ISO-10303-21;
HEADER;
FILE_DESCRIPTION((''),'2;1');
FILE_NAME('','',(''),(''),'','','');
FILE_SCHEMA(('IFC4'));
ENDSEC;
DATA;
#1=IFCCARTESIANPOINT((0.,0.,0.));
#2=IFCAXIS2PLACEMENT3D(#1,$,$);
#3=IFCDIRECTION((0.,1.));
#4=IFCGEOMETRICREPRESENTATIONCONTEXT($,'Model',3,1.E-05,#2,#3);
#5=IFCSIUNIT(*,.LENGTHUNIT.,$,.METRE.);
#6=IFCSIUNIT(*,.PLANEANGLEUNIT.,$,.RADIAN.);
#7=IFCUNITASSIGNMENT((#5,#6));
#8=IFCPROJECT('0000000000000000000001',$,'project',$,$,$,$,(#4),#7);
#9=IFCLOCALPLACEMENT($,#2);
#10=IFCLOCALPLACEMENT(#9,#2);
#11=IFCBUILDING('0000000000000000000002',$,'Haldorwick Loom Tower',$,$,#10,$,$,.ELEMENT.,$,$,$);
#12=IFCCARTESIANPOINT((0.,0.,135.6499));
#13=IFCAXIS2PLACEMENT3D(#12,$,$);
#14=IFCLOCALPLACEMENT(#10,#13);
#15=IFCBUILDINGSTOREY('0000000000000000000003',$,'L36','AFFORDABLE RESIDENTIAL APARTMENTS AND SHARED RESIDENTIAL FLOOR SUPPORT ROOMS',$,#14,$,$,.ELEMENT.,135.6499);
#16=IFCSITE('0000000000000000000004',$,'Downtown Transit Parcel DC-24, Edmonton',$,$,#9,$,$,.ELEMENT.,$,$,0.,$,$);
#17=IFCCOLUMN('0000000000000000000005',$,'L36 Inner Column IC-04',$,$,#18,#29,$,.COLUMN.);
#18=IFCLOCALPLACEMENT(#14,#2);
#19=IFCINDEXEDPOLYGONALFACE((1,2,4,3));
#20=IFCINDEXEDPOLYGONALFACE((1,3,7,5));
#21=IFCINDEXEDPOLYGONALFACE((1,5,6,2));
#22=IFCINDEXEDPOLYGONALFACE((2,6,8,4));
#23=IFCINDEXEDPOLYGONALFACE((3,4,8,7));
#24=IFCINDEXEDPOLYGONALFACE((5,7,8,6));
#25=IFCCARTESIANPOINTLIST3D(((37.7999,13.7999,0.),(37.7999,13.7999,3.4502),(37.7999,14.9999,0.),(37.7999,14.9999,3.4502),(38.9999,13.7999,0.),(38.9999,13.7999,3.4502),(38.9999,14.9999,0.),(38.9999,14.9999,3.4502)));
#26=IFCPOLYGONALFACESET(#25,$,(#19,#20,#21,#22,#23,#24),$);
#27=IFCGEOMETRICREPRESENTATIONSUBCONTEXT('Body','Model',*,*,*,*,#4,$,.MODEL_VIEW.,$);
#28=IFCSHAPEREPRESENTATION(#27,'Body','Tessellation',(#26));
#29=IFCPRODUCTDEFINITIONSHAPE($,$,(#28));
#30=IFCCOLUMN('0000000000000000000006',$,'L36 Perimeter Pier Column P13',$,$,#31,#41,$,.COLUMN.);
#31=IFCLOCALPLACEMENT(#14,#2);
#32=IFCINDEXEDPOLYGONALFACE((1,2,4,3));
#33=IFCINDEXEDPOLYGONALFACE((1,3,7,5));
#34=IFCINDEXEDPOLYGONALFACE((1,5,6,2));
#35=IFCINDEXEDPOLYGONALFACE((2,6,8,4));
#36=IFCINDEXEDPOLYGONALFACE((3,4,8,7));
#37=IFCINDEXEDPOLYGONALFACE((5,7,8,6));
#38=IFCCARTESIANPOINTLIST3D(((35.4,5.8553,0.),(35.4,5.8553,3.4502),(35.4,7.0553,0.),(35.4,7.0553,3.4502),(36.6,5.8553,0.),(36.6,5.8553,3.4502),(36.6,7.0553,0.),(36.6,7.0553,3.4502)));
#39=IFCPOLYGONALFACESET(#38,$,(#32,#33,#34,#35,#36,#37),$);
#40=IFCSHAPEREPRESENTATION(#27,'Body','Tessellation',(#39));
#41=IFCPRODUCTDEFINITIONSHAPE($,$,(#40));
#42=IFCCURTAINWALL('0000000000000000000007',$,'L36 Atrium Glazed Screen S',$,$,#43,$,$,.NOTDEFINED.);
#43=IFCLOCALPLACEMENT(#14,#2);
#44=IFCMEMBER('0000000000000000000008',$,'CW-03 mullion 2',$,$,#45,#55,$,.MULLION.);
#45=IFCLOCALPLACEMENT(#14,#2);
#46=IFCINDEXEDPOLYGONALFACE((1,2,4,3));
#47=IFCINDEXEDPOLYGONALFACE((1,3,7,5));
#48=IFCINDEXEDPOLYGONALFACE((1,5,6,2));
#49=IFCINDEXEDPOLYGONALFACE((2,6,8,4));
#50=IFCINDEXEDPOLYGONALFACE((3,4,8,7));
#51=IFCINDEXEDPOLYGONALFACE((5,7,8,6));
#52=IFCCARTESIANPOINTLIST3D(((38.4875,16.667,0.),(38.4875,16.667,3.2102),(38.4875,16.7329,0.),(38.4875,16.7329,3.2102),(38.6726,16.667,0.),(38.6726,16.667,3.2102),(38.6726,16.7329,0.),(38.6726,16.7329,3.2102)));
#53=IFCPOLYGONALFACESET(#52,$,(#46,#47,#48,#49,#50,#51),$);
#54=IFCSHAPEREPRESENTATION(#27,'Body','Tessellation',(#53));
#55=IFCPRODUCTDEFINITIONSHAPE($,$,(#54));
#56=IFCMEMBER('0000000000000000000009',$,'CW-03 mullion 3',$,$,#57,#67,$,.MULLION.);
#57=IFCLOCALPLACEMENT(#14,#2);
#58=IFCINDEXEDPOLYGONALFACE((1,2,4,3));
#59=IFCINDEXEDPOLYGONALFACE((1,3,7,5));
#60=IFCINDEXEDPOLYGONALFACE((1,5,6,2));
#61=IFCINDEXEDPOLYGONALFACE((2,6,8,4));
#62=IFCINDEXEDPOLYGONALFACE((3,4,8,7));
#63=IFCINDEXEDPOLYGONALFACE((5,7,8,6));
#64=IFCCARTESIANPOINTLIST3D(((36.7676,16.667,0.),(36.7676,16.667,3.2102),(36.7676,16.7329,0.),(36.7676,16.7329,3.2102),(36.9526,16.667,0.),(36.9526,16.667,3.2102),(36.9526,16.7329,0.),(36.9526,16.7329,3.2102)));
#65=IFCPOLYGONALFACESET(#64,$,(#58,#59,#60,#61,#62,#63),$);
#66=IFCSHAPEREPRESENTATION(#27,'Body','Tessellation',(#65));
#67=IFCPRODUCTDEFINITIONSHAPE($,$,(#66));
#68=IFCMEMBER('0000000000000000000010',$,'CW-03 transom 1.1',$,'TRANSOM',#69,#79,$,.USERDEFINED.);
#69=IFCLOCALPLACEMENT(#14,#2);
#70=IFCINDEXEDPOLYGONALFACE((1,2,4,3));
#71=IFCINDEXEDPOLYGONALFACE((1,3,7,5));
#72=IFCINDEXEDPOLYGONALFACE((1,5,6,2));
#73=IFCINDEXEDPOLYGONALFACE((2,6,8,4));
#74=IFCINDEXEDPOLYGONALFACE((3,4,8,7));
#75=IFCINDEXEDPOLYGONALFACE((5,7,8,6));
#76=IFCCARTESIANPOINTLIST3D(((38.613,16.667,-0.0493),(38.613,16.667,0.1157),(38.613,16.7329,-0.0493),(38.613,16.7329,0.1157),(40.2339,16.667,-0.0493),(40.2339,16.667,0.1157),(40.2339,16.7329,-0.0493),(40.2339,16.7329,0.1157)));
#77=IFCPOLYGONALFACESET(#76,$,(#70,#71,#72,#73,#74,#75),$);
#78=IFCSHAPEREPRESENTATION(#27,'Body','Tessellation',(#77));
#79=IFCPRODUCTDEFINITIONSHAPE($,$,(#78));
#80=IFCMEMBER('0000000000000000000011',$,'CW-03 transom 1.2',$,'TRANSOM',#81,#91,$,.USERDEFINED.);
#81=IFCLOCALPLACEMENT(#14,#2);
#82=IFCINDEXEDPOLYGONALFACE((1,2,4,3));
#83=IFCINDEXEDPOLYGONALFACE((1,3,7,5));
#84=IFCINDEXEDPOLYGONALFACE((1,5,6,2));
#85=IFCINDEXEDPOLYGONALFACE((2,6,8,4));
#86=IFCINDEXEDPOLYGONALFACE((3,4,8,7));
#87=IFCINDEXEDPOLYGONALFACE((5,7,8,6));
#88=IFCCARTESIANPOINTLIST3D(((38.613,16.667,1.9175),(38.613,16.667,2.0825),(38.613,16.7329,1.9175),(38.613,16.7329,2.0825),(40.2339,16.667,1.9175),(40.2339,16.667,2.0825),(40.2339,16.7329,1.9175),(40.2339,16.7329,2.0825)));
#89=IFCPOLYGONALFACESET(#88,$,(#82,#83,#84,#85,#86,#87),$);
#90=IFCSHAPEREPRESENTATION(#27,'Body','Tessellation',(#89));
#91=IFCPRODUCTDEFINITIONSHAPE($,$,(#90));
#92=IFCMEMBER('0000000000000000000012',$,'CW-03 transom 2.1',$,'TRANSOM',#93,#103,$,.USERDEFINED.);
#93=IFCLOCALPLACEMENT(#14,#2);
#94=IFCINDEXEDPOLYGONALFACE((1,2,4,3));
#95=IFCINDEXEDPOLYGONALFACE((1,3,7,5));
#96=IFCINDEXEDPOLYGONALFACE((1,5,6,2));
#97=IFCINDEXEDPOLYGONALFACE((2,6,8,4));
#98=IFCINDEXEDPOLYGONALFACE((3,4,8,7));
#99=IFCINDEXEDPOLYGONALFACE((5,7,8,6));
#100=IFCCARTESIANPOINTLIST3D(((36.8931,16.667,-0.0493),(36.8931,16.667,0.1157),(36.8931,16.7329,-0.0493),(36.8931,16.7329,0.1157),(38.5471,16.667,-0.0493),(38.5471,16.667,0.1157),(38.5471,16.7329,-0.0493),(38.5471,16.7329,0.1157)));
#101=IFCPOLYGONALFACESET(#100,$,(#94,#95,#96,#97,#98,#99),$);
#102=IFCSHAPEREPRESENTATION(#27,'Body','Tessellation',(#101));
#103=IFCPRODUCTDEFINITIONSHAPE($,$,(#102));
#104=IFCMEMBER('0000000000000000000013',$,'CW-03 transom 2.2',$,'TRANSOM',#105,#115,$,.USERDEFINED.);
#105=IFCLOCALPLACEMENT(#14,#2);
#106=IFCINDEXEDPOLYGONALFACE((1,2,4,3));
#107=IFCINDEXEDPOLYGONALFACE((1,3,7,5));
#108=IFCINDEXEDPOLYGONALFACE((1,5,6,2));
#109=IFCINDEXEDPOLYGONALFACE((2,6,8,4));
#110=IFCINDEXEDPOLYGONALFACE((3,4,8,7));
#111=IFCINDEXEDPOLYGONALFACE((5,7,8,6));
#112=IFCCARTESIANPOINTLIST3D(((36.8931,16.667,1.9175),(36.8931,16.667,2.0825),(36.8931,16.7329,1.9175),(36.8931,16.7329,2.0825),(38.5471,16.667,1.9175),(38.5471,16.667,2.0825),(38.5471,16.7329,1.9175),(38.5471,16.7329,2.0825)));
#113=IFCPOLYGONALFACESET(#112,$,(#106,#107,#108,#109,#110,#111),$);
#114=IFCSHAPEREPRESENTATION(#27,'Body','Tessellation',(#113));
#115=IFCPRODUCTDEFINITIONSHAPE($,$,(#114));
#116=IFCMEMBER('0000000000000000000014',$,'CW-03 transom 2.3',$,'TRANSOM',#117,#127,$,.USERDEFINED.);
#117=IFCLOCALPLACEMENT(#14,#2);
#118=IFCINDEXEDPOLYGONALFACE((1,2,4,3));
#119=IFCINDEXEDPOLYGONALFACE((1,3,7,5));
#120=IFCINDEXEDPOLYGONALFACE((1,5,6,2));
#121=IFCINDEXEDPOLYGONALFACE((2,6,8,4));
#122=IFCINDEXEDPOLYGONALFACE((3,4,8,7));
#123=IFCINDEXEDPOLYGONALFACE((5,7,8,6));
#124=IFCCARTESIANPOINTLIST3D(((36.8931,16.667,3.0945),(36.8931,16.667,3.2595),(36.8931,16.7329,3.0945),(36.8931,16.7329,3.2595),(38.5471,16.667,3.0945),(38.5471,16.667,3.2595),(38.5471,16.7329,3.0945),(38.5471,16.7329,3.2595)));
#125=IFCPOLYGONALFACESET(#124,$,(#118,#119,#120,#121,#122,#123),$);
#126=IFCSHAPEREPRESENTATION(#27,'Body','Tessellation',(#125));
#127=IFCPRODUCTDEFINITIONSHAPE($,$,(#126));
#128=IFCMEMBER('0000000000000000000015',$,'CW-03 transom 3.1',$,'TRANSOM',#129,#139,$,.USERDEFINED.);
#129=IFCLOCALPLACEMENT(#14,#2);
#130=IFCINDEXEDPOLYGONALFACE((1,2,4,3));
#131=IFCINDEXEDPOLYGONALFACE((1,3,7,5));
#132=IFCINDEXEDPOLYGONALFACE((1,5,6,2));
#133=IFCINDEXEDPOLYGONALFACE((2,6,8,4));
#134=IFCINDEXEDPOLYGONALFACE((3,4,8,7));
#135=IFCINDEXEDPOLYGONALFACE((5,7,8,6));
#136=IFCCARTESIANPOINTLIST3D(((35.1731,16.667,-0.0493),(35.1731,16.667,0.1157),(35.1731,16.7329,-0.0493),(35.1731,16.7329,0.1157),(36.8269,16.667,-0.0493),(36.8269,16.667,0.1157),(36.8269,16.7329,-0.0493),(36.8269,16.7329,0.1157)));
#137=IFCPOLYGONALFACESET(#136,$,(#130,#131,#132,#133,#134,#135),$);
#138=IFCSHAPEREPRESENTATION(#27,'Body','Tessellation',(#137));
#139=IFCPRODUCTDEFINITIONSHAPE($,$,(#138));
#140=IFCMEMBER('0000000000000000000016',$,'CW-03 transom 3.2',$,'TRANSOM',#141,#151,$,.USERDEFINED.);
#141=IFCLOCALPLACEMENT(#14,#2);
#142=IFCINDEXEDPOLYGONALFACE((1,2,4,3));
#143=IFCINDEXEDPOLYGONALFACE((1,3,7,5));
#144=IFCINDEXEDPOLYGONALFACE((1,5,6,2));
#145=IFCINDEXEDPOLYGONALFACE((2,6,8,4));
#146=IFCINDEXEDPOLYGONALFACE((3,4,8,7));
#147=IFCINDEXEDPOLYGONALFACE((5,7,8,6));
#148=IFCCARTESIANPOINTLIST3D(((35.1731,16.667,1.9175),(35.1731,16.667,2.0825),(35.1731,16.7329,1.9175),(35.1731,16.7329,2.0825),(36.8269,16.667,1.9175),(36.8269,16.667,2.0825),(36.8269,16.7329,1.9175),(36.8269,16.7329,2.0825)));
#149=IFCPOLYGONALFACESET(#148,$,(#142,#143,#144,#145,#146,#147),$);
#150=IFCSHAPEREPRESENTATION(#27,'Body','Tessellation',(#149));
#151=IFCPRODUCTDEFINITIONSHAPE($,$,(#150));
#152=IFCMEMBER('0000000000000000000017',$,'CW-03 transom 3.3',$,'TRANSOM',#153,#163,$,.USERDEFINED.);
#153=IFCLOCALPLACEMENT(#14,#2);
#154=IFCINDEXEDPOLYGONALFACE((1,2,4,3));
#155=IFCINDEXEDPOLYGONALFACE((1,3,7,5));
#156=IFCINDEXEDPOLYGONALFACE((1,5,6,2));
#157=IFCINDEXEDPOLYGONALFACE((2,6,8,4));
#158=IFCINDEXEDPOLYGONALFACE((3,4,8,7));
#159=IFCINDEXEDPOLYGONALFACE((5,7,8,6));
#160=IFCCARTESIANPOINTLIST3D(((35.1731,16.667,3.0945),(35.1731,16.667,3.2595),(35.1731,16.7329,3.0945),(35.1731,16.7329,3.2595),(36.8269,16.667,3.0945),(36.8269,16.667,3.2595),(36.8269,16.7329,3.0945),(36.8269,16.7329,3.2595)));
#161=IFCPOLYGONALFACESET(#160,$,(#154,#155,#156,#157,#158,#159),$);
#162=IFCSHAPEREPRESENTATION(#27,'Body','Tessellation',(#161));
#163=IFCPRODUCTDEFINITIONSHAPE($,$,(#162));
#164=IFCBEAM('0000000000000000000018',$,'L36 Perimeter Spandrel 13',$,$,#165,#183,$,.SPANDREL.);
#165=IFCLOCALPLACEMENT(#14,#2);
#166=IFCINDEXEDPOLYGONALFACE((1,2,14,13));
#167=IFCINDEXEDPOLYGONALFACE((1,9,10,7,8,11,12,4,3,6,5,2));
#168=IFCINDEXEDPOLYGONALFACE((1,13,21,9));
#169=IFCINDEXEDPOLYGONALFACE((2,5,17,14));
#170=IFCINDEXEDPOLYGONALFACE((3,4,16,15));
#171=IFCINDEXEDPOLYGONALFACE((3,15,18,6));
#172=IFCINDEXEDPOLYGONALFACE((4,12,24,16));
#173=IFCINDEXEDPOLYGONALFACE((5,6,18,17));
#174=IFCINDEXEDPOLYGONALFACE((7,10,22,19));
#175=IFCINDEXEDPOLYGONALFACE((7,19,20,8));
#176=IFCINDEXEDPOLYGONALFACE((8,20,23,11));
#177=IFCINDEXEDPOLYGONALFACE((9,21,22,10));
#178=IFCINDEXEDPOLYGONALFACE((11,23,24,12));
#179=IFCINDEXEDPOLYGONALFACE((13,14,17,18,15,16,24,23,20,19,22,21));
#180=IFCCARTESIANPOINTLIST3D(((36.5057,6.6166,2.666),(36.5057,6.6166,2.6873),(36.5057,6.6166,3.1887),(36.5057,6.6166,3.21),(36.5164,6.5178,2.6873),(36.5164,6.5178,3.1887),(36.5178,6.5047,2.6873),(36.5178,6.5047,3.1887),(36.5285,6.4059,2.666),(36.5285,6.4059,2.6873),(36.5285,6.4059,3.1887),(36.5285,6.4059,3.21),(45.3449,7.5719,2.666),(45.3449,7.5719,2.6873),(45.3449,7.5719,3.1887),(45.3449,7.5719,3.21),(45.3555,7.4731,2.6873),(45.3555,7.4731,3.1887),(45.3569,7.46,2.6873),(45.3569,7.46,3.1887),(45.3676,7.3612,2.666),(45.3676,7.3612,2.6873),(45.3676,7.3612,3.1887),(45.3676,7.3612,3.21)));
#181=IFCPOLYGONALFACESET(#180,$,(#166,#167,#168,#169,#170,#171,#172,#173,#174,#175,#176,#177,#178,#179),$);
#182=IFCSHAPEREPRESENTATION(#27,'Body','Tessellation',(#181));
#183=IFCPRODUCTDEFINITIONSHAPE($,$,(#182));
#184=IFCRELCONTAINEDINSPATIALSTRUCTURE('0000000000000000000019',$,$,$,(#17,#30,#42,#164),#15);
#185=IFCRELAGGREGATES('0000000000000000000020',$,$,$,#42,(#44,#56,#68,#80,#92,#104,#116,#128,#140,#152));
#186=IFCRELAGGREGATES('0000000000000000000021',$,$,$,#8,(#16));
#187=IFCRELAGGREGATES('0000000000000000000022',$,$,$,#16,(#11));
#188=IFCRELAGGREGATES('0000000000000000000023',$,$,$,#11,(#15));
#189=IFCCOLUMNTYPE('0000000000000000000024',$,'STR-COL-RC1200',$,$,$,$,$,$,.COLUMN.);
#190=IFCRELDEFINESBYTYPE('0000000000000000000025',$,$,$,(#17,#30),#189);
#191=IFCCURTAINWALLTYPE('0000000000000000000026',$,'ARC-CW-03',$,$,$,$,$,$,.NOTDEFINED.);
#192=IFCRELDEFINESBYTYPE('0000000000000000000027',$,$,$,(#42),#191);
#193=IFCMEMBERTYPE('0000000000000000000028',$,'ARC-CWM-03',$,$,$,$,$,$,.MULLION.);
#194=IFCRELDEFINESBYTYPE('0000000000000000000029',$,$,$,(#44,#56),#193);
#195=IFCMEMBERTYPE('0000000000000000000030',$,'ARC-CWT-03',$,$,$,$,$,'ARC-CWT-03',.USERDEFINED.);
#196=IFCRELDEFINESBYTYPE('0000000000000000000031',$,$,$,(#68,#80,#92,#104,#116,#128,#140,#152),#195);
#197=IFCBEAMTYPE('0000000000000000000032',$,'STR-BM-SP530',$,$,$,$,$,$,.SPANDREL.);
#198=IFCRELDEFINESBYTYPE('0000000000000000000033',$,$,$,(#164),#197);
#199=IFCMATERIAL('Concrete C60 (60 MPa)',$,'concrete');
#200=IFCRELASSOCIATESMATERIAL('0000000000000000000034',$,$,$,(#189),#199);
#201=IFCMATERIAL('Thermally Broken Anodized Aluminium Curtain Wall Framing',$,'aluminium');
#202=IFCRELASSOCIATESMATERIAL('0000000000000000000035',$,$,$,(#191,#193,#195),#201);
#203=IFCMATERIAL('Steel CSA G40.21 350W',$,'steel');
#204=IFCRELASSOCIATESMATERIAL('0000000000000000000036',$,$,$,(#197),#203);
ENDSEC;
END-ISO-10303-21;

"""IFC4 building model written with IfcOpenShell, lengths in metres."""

from ifc_helpers import new_model, si_unit, direction, frame, origin, origin_2d, place, context, subcontext, project, spatial, rectangle, i_section, extrude, material, material_profile, profile_set, type_object, element, aggregate, save


model = new_model("IFC4")

# Units and contexts
model_context = context("Model", 3, precision=1e-05, world=origin(), true_north=direction((0.0, 1.0)))
body_context = subcontext(model_context, "Body", "Model", "MODEL_VIEW")
ifc_project = project(units=[si_unit("LENGTHUNIT", "METRE"), si_unit("PLANEANGLEUNIT", "RADIAN")], contexts=[model_context])

# Site, building, storey
site_placement = place(None, origin())
site = spatial("IfcSite", under=ifc_project, at=site_placement, Name="Downtown Transit Parcel DC-24, Edmonton", CompositionType="ELEMENT", RefElevation=0.0)
building_placement = place(site_placement, origin())
building = spatial("IfcBuilding", under=site, at=building_placement, Name="Haldorwick Loom Tower", CompositionType="ELEMENT")
storey_placement = place(building_placement, frame((0.0, 0.0, 135.6499)))
storey = spatial("IfcBuildingStorey", under=building, at=storey_placement, Name="L36", Description="AFFORDABLE RESIDENTIAL APARTMENTS AND SHARED RESIDENTIAL FLOOR SUPPORT ROOMS", CompositionType="ELEMENT", Elevation=135.6499)

# Columns
ifc_material_1 = material(Name="Concrete C60 (60 MPa)", Category="concrete")
ifc_material_profile_1 = material_profile(ifc_material_1, rectangle(XDim=1.2, YDim=1.2, at=origin_2d()), Name="RC1200X1200", Category="concrete")
ifc_profile_set_1 = profile_set([ifc_material_profile_1], Name="Concrete C60 (60 MPa)")
column_type = type_object("IfcColumnType", Name="STR-COL-RC1200", PredefinedType="COLUMN", material=ifc_profile_set_1)
for number, where, z_axis, x_axis, name in (
    (1, (38.3999, 14.3999, 0.0), (0.0, 0.0, 1.0), (1.0, 0.0, 0.0), "L36 Inner Column IC-04"),
    (2, (36.0, 6.4553, 0.0), (0.0, 0.0, 1.0), (0.0, -1.0, 0.0), "L36 Perimeter Pier Column P13"),
):
    element("IfcColumn", number, at=place(storey_placement, frame(where, z_axis=z_axis, x_axis=x_axis)), inside=storey, type_object=column_type, Name=name, PredefinedType="COLUMN", context=body_context, shape_type="SweptSolid", body=[
        extrude(rectangle(XDim=1.2, YDim=1.2, at=origin_2d()), origin(), (0.0, 0.0, 1.0), 3.4502),
    ])

# Curtain wall, members
ifc_material_2 = material(Name="Thermally Broken Anodized Aluminium Curtain Wall Framing", Category="aluminium")
curtain_wall_type = type_object("IfcCurtainWallType", Name="ARC-CW-03", PredefinedType="NOTDEFINED", material=ifc_material_2)
curtain_wall_placement = place(storey_placement, origin())
curtain_wall = element("IfcCurtainWall", 3, at=curtain_wall_placement, inside=storey, type_object=curtain_wall_type, Name="L36 Atrium Glazed Screen S", PredefinedType="NOTDEFINED")
ifc_material_profile_2 = material_profile(ifc_material_2, rectangle(XDim=0.0659, YDim=0.1851, at=origin_2d()), Name="ALU_MUL_66X185", Category="aluminium")
ifc_profile_set_2 = profile_set([ifc_material_profile_2], Name="Thermally Broken Anodized Aluminium Curtain Wall Framing")
member_type_1 = type_object("IfcMemberType", Name="ARC-CWM-03", PredefinedType="MULLION", material=ifc_profile_set_2)
member_1_placement = place(storey_placement, frame((38.5801, 16.7, 0.0), z_axis=(0.0, 0.0, 1.0), x_axis=(0.0, -1.0, 0.0)))
member_1 = element("IfcMember", 4, at=member_1_placement, type_object=member_type_1, Name="CW-03 mullion 2", PredefinedType="MULLION", context=body_context, shape_type="SweptSolid", body=[
    extrude(rectangle(XDim=0.0659, YDim=0.1851, at=origin_2d()), origin(), (0.0, 0.0, 1.0), 3.2102),
])
member_2_placement = place(storey_placement, frame((36.8601, 16.7, 0.0), z_axis=(0.0, 0.0, 1.0), x_axis=(0.0, -1.0, 0.0)))
member_2 = element("IfcMember", 5, at=member_2_placement, type_object=member_type_1, Name="CW-03 mullion 3", PredefinedType="MULLION", context=body_context, shape_type="SweptSolid", body=[
    extrude(rectangle(XDim=0.0659, YDim=0.1851, at=origin_2d()), origin(), (0.0, 0.0, 1.0), 3.2102),
])
ifc_material_profile_3 = material_profile(ifc_material_2, rectangle(XDim=0.0659, YDim=0.165, at=origin_2d()), Name="ALU_TRN_66X165", Category="aluminium")
ifc_profile_set_3 = profile_set([ifc_material_profile_3], Name="Thermally Broken Anodized Aluminium Curtain Wall Framing")
member_type_2 = type_object("IfcMemberType", Name="ARC-CWT-03", ElementType="ARC-CWT-03", PredefinedType="USERDEFINED", material=ifc_profile_set_3)
member_3_placement = place(storey_placement, frame((40.2339, 16.7, 0.0332), z_axis=(-1.0, 0.0, 0.0), x_axis=(0.0, -1.0, 0.0)))
member_3 = element("IfcMember", 6, at=member_3_placement, type_object=member_type_2, Name="CW-03 transom 1.1", ObjectType="TRANSOM", PredefinedType="USERDEFINED", context=body_context, shape_type="SweptSolid", body=[
    extrude(rectangle(XDim=0.0659, YDim=0.165, at=origin_2d()), origin(), (0.0, 0.0, 1.0), 1.6208),
])
member_4_placement = place(storey_placement, frame((40.2339, 16.7, 2.0), z_axis=(-1.0, 0.0, 0.0), x_axis=(0.0, -1.0, 0.0)))
member_4 = element("IfcMember", 7, at=member_4_placement, type_object=member_type_2, Name="CW-03 transom 1.2", ObjectType="TRANSOM", PredefinedType="USERDEFINED", context=body_context, shape_type="SweptSolid", body=[
    extrude(rectangle(XDim=0.0659, YDim=0.165, at=origin_2d()), origin(), (0.0, 0.0, 1.0), 1.6208),
])
member_5_placement = place(storey_placement, frame((38.5471, 16.7, 0.0332), z_axis=(-1.0, 0.0, 0.0), x_axis=(0.0, -1.0, 0.0)))
member_5 = element("IfcMember", 8, at=member_5_placement, type_object=member_type_2, Name="CW-03 transom 2.1", ObjectType="TRANSOM", PredefinedType="USERDEFINED", context=body_context, shape_type="SweptSolid", body=[
    extrude(rectangle(XDim=0.0659, YDim=0.165, at=origin_2d()), origin(), (0.0, 0.0, 1.0), 1.6541),
])
member_6_placement = place(storey_placement, frame((38.5471, 16.7, 2.0), z_axis=(-1.0, 0.0, 0.0), x_axis=(0.0, -1.0, 0.0)))
member_6 = element("IfcMember", 9, at=member_6_placement, type_object=member_type_2, Name="CW-03 transom 2.2", ObjectType="TRANSOM", PredefinedType="USERDEFINED", context=body_context, shape_type="SweptSolid", body=[
    extrude(rectangle(XDim=0.0659, YDim=0.165, at=origin_2d()), origin(), (0.0, 0.0, 1.0), 1.6541),
])
member_7_placement = place(storey_placement, frame((38.5471, 16.7, 3.177), z_axis=(-1.0, 0.0, 0.0), x_axis=(0.0, -1.0, 0.0)))
member_7 = element("IfcMember", 10, at=member_7_placement, type_object=member_type_2, Name="CW-03 transom 2.3", ObjectType="TRANSOM", PredefinedType="USERDEFINED", context=body_context, shape_type="SweptSolid", body=[
    extrude(rectangle(XDim=0.0659, YDim=0.165, at=origin_2d()), origin(), (0.0, 0.0, 1.0), 1.6541),
])
member_8_placement = place(storey_placement, frame((36.8269, 16.7, 0.0332), z_axis=(-1.0, 0.0, 0.0), x_axis=(0.0, -1.0, 0.0)))
member_8 = element("IfcMember", 11, at=member_8_placement, type_object=member_type_2, Name="CW-03 transom 3.1", ObjectType="TRANSOM", PredefinedType="USERDEFINED", context=body_context, shape_type="SweptSolid", body=[
    extrude(rectangle(XDim=0.0659, YDim=0.165, at=origin_2d()), origin(), (0.0, 0.0, 1.0), 1.6538),
])
member_9_placement = place(storey_placement, frame((36.8269, 16.7, 2.0), z_axis=(-1.0, 0.0, 0.0), x_axis=(0.0, -1.0, 0.0)))
member_9 = element("IfcMember", 12, at=member_9_placement, type_object=member_type_2, Name="CW-03 transom 3.2", ObjectType="TRANSOM", PredefinedType="USERDEFINED", context=body_context, shape_type="SweptSolid", body=[
    extrude(rectangle(XDim=0.0659, YDim=0.165, at=origin_2d()), origin(), (0.0, 0.0, 1.0), 1.6538),
])
member_10_placement = place(storey_placement, frame((36.8269, 16.7, 3.177), z_axis=(-1.0, 0.0, 0.0), x_axis=(0.0, -1.0, 0.0)))
member_10 = element("IfcMember", 13, at=member_10_placement, type_object=member_type_2, Name="CW-03 transom 3.3", ObjectType="TRANSOM", PredefinedType="USERDEFINED", context=body_context, shape_type="SweptSolid", body=[
    extrude(rectangle(XDim=0.0659, YDim=0.165, at=origin_2d()), origin(), (0.0, 0.0, 1.0), 1.6538),
])

# Beam
ifc_material_3 = material(Name="Steel CSA G40.21 350W", Category="steel")
ifc_material_profile_4 = material_profile(ifc_material_3, i_section(OverallWidth=0.2119, OverallDepth=0.5439, WebThickness=0.0132, FlangeThickness=0.0212, at=origin_2d()), Name="W530X123", Category="steel")
ifc_profile_set_4 = profile_set([ifc_material_profile_4], Name="Steel CSA G40.21 350W")
beam_type_1 = type_object("IfcBeamType", Name="STR-BM-SP530", PredefinedType="SPANDREL", material=ifc_profile_set_4)
beam_1_placement = place(storey_placement, frame((36.5171, 6.5112, 2.938), z_axis=(0.99421, 0.107453, 0.0), x_axis=(-0.107453, 0.99421, 0.0)))
element("IfcBeam", 14, at=beam_1_placement, inside=storey, type_object=beam_type_1, Name="L36 Perimeter Spandrel 13", PredefinedType="SPANDREL", context=body_context, shape_type="SweptSolid", body=[
    extrude(i_section(OverallWidth=0.2119, OverallDepth=0.5439, WebThickness=0.0132, FlangeThickness=0.0212, at=origin_2d()), origin(), (0.0, 0.0, 1.0), 8.8906),
])

aggregate(curtain_wall, [member_1, member_2, member_3, member_4, member_5, member_6, member_7, member_8, member_9, member_10])

save(model, "model.ifc")
